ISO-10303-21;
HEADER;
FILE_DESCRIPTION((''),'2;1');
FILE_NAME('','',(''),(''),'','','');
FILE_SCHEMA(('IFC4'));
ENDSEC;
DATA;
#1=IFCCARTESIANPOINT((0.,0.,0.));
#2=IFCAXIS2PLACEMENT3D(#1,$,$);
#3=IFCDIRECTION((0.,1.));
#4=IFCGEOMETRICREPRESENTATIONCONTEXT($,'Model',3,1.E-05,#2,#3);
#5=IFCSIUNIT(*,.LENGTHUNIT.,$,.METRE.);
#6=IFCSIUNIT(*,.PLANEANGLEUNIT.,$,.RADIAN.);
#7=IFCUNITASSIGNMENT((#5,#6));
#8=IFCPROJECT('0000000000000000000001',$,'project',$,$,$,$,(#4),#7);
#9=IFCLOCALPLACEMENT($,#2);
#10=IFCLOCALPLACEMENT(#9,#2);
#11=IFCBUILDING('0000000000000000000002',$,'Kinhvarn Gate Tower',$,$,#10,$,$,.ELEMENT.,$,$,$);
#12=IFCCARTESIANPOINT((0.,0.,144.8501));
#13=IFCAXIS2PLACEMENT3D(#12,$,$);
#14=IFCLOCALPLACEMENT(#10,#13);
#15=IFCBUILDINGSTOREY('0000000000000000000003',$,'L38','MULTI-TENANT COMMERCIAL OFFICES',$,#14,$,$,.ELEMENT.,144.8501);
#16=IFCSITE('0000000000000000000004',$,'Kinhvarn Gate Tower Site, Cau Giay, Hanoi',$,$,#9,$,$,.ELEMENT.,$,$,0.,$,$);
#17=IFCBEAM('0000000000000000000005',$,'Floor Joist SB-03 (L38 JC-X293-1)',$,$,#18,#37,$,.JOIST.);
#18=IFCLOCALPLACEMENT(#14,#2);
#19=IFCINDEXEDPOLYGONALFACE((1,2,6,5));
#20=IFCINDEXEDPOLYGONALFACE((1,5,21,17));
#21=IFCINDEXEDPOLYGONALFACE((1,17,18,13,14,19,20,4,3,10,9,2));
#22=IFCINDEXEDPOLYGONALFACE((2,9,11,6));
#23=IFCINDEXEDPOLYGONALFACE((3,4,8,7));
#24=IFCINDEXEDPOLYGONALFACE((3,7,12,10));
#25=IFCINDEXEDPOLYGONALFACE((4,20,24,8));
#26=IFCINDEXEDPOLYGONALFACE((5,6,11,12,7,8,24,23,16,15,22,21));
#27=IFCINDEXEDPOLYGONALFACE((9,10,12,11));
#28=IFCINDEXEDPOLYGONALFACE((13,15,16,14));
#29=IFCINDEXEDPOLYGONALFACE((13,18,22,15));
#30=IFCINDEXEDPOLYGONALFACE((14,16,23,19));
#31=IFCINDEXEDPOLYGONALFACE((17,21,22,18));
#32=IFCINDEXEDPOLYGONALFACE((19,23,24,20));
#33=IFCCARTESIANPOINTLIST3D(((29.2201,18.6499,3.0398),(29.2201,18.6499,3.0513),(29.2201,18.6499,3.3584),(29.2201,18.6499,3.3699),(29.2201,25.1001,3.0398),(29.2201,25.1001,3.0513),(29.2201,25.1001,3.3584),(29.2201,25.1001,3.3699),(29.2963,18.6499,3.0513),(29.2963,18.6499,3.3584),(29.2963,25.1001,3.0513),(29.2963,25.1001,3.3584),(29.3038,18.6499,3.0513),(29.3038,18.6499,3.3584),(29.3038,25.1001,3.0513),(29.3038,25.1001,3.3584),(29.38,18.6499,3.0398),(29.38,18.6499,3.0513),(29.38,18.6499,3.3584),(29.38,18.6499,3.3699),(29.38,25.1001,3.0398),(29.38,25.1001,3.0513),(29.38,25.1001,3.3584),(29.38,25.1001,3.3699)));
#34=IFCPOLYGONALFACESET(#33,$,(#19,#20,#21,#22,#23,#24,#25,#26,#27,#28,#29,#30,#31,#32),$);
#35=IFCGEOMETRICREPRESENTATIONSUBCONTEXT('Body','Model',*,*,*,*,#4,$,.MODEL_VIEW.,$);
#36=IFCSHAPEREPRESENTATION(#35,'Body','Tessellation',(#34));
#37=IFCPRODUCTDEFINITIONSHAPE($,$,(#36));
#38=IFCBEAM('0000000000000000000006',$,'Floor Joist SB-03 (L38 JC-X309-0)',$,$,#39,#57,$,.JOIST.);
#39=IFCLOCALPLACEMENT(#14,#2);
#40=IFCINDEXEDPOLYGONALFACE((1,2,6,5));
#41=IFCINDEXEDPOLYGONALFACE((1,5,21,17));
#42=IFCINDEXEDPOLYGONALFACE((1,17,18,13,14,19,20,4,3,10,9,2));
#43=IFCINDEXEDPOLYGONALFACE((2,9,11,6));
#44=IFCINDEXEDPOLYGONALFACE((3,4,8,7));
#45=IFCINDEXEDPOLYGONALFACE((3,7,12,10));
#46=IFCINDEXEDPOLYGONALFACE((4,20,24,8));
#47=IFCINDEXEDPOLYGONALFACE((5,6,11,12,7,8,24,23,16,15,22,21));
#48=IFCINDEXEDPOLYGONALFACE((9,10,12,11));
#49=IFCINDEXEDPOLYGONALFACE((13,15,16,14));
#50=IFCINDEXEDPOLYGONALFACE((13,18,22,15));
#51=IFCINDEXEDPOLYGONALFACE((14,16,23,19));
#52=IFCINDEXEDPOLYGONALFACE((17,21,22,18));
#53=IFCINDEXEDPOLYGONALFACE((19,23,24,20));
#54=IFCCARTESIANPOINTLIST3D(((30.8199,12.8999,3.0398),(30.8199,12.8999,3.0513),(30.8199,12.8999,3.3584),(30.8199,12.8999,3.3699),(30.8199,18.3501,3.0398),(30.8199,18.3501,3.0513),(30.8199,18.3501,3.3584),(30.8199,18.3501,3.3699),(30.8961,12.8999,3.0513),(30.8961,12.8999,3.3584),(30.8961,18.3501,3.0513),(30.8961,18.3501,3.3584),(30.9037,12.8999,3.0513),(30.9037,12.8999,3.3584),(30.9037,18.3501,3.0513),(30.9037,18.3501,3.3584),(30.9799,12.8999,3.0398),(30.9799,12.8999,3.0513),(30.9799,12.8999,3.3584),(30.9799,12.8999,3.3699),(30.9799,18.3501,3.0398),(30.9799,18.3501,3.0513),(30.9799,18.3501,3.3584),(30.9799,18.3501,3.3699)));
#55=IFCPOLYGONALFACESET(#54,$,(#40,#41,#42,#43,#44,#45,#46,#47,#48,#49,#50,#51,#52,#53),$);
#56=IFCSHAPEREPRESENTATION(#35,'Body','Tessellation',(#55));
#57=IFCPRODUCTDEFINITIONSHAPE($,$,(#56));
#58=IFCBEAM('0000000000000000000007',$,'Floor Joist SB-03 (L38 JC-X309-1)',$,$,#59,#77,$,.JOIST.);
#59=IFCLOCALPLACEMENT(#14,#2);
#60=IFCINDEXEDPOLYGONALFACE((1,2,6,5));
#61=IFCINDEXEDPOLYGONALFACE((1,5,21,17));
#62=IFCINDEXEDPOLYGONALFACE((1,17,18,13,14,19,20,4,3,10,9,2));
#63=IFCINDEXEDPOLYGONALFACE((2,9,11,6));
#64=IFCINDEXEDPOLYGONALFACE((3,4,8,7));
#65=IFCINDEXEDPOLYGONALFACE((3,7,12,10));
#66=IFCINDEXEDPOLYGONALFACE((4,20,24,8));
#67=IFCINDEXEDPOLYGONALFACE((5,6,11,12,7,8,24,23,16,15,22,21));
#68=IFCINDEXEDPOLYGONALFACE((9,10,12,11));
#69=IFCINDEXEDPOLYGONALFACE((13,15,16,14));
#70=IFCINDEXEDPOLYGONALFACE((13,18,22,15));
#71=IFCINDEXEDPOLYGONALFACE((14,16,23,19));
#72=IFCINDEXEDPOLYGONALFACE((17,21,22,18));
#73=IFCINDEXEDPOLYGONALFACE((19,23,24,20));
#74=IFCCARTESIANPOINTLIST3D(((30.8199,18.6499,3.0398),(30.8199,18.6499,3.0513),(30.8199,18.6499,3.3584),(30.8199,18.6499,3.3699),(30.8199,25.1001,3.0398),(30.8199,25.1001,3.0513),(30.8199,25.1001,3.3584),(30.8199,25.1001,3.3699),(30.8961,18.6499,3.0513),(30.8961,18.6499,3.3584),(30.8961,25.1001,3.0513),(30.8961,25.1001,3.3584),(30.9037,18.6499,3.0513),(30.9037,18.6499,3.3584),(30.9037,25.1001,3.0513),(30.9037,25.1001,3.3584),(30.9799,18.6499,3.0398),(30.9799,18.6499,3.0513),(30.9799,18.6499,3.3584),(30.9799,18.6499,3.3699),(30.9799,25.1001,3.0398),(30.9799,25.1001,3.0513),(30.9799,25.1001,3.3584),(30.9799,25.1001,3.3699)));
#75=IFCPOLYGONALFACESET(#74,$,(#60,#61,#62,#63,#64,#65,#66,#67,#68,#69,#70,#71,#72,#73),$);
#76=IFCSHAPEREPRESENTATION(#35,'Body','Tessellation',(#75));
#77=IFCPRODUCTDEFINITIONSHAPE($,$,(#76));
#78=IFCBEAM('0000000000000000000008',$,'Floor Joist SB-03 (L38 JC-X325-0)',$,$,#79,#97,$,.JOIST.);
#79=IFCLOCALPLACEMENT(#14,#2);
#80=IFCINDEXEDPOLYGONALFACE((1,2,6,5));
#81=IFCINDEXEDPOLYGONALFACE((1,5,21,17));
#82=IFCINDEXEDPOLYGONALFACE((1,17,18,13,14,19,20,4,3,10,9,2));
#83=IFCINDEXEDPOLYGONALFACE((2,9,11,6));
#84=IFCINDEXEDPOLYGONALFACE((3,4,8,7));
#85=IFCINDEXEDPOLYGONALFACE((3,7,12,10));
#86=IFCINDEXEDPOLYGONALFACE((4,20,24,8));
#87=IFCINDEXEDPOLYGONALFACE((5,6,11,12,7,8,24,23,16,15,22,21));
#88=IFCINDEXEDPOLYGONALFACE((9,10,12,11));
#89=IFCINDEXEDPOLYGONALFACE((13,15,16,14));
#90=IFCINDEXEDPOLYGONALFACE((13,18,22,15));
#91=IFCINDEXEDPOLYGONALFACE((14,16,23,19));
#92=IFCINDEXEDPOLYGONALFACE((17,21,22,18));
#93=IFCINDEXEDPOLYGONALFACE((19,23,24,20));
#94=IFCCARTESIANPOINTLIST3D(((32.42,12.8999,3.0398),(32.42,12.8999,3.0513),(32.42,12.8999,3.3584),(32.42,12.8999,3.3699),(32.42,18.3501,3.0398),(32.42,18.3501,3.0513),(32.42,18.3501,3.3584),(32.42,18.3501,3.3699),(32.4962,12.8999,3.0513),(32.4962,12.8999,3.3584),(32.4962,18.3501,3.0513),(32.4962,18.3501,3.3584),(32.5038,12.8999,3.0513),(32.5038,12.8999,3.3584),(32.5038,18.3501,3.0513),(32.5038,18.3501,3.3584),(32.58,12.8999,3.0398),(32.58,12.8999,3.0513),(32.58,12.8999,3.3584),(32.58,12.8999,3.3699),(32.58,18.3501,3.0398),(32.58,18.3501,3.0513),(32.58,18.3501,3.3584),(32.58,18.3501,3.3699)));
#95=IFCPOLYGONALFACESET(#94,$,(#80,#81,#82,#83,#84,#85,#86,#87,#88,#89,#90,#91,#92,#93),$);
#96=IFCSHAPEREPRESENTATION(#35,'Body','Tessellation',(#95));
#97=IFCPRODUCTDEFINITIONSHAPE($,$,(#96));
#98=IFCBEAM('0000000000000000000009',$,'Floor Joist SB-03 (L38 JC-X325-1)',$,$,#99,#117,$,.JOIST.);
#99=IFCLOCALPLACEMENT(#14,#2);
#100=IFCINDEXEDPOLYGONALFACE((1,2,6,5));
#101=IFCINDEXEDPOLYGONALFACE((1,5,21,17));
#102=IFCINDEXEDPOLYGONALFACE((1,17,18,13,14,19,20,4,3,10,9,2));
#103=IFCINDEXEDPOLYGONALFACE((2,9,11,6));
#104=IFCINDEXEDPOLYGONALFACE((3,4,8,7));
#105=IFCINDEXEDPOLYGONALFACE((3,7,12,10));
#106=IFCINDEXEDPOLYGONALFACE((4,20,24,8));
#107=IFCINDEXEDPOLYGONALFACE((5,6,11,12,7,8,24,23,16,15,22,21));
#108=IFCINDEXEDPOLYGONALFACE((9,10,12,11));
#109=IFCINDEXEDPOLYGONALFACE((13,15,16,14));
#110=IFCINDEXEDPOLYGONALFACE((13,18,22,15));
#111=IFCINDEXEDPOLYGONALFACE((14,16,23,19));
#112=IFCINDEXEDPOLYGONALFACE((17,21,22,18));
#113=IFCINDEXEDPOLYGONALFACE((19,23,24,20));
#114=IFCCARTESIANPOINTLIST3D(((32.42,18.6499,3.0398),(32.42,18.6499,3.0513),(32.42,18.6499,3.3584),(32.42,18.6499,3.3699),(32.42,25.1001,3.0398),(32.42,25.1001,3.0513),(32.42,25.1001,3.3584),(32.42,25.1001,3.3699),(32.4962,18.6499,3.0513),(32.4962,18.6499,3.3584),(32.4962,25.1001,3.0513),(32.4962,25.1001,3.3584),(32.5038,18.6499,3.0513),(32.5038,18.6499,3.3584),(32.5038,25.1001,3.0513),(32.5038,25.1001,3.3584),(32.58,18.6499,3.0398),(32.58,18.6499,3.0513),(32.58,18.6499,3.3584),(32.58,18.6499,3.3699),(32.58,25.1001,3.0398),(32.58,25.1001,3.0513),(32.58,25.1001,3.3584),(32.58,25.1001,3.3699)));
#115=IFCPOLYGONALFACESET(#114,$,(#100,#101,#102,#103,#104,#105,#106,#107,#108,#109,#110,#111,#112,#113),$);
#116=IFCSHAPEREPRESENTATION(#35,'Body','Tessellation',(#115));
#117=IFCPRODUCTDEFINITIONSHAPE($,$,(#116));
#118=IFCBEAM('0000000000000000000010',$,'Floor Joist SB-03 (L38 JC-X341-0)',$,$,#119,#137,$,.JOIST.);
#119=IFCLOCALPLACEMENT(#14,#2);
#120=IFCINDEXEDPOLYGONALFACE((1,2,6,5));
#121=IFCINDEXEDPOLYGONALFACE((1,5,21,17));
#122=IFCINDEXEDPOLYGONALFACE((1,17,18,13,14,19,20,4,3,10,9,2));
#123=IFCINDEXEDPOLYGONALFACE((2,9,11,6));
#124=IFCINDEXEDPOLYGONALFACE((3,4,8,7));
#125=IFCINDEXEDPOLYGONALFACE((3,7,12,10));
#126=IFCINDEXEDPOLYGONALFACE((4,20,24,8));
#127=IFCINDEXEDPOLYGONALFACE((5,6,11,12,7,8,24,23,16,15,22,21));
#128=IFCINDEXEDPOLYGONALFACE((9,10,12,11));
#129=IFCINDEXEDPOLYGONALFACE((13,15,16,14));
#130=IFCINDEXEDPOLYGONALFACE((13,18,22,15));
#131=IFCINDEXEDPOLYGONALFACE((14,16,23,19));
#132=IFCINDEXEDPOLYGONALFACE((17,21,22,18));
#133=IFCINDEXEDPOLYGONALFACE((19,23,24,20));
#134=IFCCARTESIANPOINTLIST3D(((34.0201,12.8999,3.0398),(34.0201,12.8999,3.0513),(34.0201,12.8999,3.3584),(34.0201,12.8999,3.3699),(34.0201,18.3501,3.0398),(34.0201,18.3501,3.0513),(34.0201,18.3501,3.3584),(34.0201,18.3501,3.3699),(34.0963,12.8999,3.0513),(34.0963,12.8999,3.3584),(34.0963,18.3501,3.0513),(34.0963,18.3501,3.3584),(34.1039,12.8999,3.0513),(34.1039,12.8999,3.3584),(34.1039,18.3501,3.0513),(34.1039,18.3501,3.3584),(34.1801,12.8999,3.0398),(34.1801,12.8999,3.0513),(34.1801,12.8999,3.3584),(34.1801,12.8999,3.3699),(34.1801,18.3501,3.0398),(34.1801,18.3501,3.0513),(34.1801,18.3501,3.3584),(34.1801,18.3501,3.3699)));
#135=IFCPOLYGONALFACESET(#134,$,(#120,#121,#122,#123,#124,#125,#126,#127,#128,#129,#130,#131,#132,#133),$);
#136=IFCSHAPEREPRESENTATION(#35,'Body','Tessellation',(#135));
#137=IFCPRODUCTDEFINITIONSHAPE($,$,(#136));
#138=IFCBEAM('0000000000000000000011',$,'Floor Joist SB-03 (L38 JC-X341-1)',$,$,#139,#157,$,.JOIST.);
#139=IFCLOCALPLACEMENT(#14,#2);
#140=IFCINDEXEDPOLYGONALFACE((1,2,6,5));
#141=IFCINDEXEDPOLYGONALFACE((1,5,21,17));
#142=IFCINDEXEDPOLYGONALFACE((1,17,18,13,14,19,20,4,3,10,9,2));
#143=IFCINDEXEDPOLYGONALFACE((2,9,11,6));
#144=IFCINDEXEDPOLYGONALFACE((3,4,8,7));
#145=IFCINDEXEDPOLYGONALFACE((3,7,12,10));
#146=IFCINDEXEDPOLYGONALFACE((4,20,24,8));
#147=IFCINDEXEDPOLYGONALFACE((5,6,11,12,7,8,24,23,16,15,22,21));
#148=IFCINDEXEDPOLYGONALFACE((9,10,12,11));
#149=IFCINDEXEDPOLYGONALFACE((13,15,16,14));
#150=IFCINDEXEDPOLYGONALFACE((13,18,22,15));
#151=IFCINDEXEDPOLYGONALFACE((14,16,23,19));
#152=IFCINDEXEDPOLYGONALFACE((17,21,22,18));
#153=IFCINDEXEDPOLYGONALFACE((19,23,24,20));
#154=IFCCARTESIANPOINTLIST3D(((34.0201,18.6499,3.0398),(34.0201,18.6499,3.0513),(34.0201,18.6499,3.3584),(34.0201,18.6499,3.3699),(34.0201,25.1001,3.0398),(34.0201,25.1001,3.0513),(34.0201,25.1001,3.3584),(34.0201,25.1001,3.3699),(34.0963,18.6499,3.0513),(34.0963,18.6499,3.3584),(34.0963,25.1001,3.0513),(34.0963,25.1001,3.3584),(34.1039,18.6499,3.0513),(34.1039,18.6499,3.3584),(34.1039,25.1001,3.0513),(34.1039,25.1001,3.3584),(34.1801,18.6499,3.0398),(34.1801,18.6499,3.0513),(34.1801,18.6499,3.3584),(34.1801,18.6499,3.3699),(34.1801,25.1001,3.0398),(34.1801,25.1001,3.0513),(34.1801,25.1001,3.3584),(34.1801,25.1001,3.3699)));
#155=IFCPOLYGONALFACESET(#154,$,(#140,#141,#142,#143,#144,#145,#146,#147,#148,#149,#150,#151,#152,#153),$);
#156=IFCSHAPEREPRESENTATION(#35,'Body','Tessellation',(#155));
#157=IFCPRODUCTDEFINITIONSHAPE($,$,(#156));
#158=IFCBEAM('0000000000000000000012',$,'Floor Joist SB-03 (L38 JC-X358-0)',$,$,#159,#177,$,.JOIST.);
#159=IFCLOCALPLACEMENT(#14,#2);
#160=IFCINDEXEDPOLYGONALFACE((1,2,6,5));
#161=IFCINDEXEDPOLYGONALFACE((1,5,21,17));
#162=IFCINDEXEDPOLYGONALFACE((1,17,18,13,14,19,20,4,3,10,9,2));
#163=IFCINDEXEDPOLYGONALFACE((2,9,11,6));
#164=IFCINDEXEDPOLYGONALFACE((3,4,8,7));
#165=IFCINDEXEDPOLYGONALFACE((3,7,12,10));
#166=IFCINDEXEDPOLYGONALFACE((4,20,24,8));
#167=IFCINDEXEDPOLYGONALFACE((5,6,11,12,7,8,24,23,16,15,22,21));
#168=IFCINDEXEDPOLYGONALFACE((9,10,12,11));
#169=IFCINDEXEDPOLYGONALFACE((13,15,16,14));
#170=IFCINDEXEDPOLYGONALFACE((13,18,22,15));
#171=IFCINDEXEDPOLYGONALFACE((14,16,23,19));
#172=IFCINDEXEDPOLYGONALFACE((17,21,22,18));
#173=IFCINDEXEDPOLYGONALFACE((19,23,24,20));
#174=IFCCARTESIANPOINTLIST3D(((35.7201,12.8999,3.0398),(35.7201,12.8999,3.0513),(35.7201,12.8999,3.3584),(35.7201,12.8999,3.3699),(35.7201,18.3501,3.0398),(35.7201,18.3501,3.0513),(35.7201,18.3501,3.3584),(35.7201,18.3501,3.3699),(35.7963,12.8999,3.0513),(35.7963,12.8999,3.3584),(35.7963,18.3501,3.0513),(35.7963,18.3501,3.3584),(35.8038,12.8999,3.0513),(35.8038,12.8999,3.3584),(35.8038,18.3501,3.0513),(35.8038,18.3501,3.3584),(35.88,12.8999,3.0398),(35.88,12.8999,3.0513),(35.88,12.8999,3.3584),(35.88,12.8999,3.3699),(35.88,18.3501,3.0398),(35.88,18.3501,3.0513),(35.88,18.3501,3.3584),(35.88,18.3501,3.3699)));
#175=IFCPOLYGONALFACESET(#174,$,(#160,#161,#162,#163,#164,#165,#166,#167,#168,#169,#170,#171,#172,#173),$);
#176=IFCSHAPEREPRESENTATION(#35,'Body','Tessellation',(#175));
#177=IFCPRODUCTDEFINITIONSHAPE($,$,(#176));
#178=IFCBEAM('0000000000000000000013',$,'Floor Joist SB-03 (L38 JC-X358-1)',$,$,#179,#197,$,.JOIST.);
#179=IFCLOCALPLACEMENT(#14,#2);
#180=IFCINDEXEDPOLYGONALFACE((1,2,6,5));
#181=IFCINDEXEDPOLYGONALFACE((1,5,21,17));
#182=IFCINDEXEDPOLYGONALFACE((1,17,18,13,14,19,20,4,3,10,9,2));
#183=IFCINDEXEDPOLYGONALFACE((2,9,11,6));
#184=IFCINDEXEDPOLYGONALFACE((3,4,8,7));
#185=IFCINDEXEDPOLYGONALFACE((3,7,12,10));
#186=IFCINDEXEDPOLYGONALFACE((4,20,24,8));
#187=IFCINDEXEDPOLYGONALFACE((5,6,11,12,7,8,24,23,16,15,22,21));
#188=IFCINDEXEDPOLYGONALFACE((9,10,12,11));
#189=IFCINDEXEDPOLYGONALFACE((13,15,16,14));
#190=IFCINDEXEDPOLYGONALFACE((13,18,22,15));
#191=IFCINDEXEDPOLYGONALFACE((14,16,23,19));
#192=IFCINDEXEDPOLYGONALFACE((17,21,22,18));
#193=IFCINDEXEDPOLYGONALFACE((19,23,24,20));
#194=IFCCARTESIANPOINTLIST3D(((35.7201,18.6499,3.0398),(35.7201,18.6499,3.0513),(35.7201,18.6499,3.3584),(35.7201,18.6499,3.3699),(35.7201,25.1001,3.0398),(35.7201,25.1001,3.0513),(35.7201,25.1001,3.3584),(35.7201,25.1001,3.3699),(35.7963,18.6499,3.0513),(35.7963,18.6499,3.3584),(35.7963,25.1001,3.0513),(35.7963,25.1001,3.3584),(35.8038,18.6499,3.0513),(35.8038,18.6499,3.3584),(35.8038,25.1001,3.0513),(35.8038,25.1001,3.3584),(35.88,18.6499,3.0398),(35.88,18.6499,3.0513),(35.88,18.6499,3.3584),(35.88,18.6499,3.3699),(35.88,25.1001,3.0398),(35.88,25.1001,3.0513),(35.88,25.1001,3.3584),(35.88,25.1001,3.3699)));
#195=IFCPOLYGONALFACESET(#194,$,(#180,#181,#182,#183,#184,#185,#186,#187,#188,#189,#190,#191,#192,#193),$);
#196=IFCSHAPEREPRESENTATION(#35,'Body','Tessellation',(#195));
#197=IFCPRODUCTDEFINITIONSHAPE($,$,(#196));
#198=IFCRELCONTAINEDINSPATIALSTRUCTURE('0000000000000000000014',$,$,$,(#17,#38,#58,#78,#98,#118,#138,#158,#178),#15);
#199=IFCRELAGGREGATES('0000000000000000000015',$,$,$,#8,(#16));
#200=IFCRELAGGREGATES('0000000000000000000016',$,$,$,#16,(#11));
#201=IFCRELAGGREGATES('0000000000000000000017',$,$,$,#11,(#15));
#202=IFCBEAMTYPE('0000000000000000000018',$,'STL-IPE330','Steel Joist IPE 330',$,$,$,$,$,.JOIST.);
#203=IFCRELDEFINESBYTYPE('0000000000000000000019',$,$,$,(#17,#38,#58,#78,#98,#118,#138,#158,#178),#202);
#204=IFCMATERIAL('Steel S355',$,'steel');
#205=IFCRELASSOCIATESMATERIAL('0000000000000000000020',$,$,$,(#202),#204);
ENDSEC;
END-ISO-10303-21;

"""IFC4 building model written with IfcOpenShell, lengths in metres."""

from ifc_helpers import new_model, si_unit, direction, frame, origin, origin_2d, place, context, subcontext, project, spatial, i_section, extrude, material, material_profile, profile_set, type_object, element, save


model = new_model("IFC4")

# Units and contexts
model_context = context("Model", 3, precision=1e-05, world=origin(), true_north=direction((0.0, 1.0)))
body_context = subcontext(model_context, "Body", "Model", "MODEL_VIEW")
ifc_project = project(units=[si_unit("LENGTHUNIT", "METRE"), si_unit("PLANEANGLEUNIT", "RADIAN")], contexts=[model_context])

# Site, building, storey
site_placement = place(None, origin())
site = spatial("IfcSite", under=ifc_project, at=site_placement, Name="Kinhvarn Gate Tower Site, Cau Giay, Hanoi", CompositionType="ELEMENT", RefElevation=0.0)
building_placement = place(site_placement, origin())
building = spatial("IfcBuilding", under=site, at=building_placement, Name="Kinhvarn Gate Tower", CompositionType="ELEMENT")
storey_placement = place(building_placement, frame((0.0, 0.0, 144.8501)))
storey = spatial("IfcBuildingStorey", under=building, at=storey_placement, Name="L38", Description="MULTI-TENANT COMMERCIAL OFFICES", CompositionType="ELEMENT", Elevation=144.8501)

# Beams
ifc_material_1 = material(Name="Steel S355", Category="steel")
ifc_material_profile_1 = material_profile(ifc_material_1, i_section(OverallWidth=0.1599, OverallDepth=0.3301, WebThickness=0.0076, FlangeThickness=0.0115, at=origin_2d()), Name="IPE 330")
ifc_profile_set_1 = profile_set([ifc_material_profile_1], Name="Steel S355")
beam_type_1 = type_object("IfcBeamType", Name="STL-IPE330", Description="Steel Joist IPE 330", PredefinedType="JOIST", material=ifc_profile_set_1)
beam_1_placement = place(storey_placement, frame((29.3, 18.6499, 3.2048), z_axis=(0.0, 1.0, 0.0), x_axis=(-1.0, 0.0, 0.0)))
element("IfcBeam", 1, at=beam_1_placement, inside=storey, type_object=beam_type_1, Name="Floor Joist SB-03 (L38 JC-X293-1)", PredefinedType="JOIST", context=body_context, shape_type="SweptSolid", body=[
    extrude(i_section(OverallWidth=0.1599, OverallDepth=0.3301, WebThickness=0.0076, FlangeThickness=0.0115, at=origin_2d()), origin(), (0.0, 0.0, 1.0), 6.4502),
])
beam_2_placement = place(storey_placement, frame((30.8999, 12.8999, 3.2048), z_axis=(0.0, 1.0, 0.0), x_axis=(-1.0, 0.0, 0.0)))
element("IfcBeam", 2, at=beam_2_placement, inside=storey, type_object=beam_type_1, Name="Floor Joist SB-03 (L38 JC-X309-0)", PredefinedType="JOIST", context=body_context, shape_type="SweptSolid", body=[
    extrude(i_section(OverallWidth=0.1599, OverallDepth=0.3301, WebThickness=0.0076, FlangeThickness=0.0115, at=origin_2d()), origin(), (0.0, 0.0, 1.0), 5.4502),
])
beam_3_placement = place(storey_placement, frame((30.8999, 18.6499, 3.2048), z_axis=(0.0, 1.0, 0.0), x_axis=(-1.0, 0.0, 0.0)))
element("IfcBeam", 3, at=beam_3_placement, inside=storey, type_object=beam_type_1, Name="Floor Joist SB-03 (L38 JC-X309-1)", PredefinedType="JOIST", context=body_context, shape_type="SweptSolid", body=[
    extrude(i_section(OverallWidth=0.1599, OverallDepth=0.3301, WebThickness=0.0076, FlangeThickness=0.0115, at=origin_2d()), origin(), (0.0, 0.0, 1.0), 6.4502),
])
beam_4_placement = place(storey_placement, frame((32.5, 12.8999, 3.2048), z_axis=(0.0, 1.0, 0.0), x_axis=(-1.0, 0.0, 0.0)))
element("IfcBeam", 4, at=beam_4_placement, inside=storey, type_object=beam_type_1, Name="Floor Joist SB-03 (L38 JC-X325-0)", PredefinedType="JOIST", context=body_context, shape_type="SweptSolid", body=[
    extrude(i_section(OverallWidth=0.1599, OverallDepth=0.3301, WebThickness=0.0076, FlangeThickness=0.0115, at=origin_2d()), origin(), (0.0, 0.0, 1.0), 5.4502),
])
beam_5_placement = place(storey_placement, frame((32.5, 18.6499, 3.2048), z_axis=(0.0, 1.0, 0.0), x_axis=(-1.0, 0.0, 0.0)))
element("IfcBeam", 5, at=beam_5_placement, inside=storey, type_object=beam_type_1, Name="Floor Joist SB-03 (L38 JC-X325-1)", PredefinedType="JOIST", context=body_context, shape_type="SweptSolid", body=[
    extrude(i_section(OverallWidth=0.1599, OverallDepth=0.3301, WebThickness=0.0076, FlangeThickness=0.0115, at=origin_2d()), origin(), (0.0, 0.0, 1.0), 6.4502),
])
beam_6_placement = place(storey_placement, frame((34.1001, 12.8999, 3.2048), z_axis=(0.0, 1.0, 0.0), x_axis=(-1.0, 0.0, 0.0)))
element("IfcBeam", 6, at=beam_6_placement, inside=storey, type_object=beam_type_1, Name="Floor Joist SB-03 (L38 JC-X341-0)", PredefinedType="JOIST", context=body_context, shape_type="SweptSolid", body=[
    extrude(i_section(OverallWidth=0.1599, OverallDepth=0.3301, WebThickness=0.0076, FlangeThickness=0.0115, at=origin_2d()), origin(), (0.0, 0.0, 1.0), 5.4502),
])
beam_7_placement = place(storey_placement, frame((34.1001, 18.6499, 3.2048), z_axis=(0.0, 1.0, 0.0), x_axis=(-1.0, 0.0, 0.0)))
element("IfcBeam", 7, at=beam_7_placement, inside=storey, type_object=beam_type_1, Name="Floor Joist SB-03 (L38 JC-X341-1)", PredefinedType="JOIST", context=body_context, shape_type="SweptSolid", body=[
    extrude(i_section(OverallWidth=0.1599, OverallDepth=0.3301, WebThickness=0.0076, FlangeThickness=0.0115, at=origin_2d()), origin(), (0.0, 0.0, 1.0), 6.4502),
])
beam_8_placement = place(storey_placement, frame((35.8, 12.8999, 3.2048), z_axis=(0.0, 1.0, 0.0), x_axis=(-1.0, 0.0, 0.0)))
element("IfcBeam", 8, at=beam_8_placement, inside=storey, type_object=beam_type_1, Name="Floor Joist SB-03 (L38 JC-X358-0)", PredefinedType="JOIST", context=body_context, shape_type="SweptSolid", body=[
    extrude(i_section(OverallWidth=0.1599, OverallDepth=0.3301, WebThickness=0.0076, FlangeThickness=0.0115, at=origin_2d()), origin(), (0.0, 0.0, 1.0), 5.4502),
])
beam_9_placement = place(storey_placement, frame((35.8, 18.6499, 3.2048), z_axis=(0.0, 1.0, 0.0), x_axis=(-1.0, 0.0, 0.0)))
element("IfcBeam", 9, at=beam_9_placement, inside=storey, type_object=beam_type_1, Name="Floor Joist SB-03 (L38 JC-X358-1)", PredefinedType="JOIST", context=body_context, shape_type="SweptSolid", body=[
    extrude(i_section(OverallWidth=0.1599, OverallDepth=0.3301, WebThickness=0.0076, FlangeThickness=0.0115, at=origin_2d()), origin(), (0.0, 0.0, 1.0), 6.4502),
])

save(model, "model.ifc")
